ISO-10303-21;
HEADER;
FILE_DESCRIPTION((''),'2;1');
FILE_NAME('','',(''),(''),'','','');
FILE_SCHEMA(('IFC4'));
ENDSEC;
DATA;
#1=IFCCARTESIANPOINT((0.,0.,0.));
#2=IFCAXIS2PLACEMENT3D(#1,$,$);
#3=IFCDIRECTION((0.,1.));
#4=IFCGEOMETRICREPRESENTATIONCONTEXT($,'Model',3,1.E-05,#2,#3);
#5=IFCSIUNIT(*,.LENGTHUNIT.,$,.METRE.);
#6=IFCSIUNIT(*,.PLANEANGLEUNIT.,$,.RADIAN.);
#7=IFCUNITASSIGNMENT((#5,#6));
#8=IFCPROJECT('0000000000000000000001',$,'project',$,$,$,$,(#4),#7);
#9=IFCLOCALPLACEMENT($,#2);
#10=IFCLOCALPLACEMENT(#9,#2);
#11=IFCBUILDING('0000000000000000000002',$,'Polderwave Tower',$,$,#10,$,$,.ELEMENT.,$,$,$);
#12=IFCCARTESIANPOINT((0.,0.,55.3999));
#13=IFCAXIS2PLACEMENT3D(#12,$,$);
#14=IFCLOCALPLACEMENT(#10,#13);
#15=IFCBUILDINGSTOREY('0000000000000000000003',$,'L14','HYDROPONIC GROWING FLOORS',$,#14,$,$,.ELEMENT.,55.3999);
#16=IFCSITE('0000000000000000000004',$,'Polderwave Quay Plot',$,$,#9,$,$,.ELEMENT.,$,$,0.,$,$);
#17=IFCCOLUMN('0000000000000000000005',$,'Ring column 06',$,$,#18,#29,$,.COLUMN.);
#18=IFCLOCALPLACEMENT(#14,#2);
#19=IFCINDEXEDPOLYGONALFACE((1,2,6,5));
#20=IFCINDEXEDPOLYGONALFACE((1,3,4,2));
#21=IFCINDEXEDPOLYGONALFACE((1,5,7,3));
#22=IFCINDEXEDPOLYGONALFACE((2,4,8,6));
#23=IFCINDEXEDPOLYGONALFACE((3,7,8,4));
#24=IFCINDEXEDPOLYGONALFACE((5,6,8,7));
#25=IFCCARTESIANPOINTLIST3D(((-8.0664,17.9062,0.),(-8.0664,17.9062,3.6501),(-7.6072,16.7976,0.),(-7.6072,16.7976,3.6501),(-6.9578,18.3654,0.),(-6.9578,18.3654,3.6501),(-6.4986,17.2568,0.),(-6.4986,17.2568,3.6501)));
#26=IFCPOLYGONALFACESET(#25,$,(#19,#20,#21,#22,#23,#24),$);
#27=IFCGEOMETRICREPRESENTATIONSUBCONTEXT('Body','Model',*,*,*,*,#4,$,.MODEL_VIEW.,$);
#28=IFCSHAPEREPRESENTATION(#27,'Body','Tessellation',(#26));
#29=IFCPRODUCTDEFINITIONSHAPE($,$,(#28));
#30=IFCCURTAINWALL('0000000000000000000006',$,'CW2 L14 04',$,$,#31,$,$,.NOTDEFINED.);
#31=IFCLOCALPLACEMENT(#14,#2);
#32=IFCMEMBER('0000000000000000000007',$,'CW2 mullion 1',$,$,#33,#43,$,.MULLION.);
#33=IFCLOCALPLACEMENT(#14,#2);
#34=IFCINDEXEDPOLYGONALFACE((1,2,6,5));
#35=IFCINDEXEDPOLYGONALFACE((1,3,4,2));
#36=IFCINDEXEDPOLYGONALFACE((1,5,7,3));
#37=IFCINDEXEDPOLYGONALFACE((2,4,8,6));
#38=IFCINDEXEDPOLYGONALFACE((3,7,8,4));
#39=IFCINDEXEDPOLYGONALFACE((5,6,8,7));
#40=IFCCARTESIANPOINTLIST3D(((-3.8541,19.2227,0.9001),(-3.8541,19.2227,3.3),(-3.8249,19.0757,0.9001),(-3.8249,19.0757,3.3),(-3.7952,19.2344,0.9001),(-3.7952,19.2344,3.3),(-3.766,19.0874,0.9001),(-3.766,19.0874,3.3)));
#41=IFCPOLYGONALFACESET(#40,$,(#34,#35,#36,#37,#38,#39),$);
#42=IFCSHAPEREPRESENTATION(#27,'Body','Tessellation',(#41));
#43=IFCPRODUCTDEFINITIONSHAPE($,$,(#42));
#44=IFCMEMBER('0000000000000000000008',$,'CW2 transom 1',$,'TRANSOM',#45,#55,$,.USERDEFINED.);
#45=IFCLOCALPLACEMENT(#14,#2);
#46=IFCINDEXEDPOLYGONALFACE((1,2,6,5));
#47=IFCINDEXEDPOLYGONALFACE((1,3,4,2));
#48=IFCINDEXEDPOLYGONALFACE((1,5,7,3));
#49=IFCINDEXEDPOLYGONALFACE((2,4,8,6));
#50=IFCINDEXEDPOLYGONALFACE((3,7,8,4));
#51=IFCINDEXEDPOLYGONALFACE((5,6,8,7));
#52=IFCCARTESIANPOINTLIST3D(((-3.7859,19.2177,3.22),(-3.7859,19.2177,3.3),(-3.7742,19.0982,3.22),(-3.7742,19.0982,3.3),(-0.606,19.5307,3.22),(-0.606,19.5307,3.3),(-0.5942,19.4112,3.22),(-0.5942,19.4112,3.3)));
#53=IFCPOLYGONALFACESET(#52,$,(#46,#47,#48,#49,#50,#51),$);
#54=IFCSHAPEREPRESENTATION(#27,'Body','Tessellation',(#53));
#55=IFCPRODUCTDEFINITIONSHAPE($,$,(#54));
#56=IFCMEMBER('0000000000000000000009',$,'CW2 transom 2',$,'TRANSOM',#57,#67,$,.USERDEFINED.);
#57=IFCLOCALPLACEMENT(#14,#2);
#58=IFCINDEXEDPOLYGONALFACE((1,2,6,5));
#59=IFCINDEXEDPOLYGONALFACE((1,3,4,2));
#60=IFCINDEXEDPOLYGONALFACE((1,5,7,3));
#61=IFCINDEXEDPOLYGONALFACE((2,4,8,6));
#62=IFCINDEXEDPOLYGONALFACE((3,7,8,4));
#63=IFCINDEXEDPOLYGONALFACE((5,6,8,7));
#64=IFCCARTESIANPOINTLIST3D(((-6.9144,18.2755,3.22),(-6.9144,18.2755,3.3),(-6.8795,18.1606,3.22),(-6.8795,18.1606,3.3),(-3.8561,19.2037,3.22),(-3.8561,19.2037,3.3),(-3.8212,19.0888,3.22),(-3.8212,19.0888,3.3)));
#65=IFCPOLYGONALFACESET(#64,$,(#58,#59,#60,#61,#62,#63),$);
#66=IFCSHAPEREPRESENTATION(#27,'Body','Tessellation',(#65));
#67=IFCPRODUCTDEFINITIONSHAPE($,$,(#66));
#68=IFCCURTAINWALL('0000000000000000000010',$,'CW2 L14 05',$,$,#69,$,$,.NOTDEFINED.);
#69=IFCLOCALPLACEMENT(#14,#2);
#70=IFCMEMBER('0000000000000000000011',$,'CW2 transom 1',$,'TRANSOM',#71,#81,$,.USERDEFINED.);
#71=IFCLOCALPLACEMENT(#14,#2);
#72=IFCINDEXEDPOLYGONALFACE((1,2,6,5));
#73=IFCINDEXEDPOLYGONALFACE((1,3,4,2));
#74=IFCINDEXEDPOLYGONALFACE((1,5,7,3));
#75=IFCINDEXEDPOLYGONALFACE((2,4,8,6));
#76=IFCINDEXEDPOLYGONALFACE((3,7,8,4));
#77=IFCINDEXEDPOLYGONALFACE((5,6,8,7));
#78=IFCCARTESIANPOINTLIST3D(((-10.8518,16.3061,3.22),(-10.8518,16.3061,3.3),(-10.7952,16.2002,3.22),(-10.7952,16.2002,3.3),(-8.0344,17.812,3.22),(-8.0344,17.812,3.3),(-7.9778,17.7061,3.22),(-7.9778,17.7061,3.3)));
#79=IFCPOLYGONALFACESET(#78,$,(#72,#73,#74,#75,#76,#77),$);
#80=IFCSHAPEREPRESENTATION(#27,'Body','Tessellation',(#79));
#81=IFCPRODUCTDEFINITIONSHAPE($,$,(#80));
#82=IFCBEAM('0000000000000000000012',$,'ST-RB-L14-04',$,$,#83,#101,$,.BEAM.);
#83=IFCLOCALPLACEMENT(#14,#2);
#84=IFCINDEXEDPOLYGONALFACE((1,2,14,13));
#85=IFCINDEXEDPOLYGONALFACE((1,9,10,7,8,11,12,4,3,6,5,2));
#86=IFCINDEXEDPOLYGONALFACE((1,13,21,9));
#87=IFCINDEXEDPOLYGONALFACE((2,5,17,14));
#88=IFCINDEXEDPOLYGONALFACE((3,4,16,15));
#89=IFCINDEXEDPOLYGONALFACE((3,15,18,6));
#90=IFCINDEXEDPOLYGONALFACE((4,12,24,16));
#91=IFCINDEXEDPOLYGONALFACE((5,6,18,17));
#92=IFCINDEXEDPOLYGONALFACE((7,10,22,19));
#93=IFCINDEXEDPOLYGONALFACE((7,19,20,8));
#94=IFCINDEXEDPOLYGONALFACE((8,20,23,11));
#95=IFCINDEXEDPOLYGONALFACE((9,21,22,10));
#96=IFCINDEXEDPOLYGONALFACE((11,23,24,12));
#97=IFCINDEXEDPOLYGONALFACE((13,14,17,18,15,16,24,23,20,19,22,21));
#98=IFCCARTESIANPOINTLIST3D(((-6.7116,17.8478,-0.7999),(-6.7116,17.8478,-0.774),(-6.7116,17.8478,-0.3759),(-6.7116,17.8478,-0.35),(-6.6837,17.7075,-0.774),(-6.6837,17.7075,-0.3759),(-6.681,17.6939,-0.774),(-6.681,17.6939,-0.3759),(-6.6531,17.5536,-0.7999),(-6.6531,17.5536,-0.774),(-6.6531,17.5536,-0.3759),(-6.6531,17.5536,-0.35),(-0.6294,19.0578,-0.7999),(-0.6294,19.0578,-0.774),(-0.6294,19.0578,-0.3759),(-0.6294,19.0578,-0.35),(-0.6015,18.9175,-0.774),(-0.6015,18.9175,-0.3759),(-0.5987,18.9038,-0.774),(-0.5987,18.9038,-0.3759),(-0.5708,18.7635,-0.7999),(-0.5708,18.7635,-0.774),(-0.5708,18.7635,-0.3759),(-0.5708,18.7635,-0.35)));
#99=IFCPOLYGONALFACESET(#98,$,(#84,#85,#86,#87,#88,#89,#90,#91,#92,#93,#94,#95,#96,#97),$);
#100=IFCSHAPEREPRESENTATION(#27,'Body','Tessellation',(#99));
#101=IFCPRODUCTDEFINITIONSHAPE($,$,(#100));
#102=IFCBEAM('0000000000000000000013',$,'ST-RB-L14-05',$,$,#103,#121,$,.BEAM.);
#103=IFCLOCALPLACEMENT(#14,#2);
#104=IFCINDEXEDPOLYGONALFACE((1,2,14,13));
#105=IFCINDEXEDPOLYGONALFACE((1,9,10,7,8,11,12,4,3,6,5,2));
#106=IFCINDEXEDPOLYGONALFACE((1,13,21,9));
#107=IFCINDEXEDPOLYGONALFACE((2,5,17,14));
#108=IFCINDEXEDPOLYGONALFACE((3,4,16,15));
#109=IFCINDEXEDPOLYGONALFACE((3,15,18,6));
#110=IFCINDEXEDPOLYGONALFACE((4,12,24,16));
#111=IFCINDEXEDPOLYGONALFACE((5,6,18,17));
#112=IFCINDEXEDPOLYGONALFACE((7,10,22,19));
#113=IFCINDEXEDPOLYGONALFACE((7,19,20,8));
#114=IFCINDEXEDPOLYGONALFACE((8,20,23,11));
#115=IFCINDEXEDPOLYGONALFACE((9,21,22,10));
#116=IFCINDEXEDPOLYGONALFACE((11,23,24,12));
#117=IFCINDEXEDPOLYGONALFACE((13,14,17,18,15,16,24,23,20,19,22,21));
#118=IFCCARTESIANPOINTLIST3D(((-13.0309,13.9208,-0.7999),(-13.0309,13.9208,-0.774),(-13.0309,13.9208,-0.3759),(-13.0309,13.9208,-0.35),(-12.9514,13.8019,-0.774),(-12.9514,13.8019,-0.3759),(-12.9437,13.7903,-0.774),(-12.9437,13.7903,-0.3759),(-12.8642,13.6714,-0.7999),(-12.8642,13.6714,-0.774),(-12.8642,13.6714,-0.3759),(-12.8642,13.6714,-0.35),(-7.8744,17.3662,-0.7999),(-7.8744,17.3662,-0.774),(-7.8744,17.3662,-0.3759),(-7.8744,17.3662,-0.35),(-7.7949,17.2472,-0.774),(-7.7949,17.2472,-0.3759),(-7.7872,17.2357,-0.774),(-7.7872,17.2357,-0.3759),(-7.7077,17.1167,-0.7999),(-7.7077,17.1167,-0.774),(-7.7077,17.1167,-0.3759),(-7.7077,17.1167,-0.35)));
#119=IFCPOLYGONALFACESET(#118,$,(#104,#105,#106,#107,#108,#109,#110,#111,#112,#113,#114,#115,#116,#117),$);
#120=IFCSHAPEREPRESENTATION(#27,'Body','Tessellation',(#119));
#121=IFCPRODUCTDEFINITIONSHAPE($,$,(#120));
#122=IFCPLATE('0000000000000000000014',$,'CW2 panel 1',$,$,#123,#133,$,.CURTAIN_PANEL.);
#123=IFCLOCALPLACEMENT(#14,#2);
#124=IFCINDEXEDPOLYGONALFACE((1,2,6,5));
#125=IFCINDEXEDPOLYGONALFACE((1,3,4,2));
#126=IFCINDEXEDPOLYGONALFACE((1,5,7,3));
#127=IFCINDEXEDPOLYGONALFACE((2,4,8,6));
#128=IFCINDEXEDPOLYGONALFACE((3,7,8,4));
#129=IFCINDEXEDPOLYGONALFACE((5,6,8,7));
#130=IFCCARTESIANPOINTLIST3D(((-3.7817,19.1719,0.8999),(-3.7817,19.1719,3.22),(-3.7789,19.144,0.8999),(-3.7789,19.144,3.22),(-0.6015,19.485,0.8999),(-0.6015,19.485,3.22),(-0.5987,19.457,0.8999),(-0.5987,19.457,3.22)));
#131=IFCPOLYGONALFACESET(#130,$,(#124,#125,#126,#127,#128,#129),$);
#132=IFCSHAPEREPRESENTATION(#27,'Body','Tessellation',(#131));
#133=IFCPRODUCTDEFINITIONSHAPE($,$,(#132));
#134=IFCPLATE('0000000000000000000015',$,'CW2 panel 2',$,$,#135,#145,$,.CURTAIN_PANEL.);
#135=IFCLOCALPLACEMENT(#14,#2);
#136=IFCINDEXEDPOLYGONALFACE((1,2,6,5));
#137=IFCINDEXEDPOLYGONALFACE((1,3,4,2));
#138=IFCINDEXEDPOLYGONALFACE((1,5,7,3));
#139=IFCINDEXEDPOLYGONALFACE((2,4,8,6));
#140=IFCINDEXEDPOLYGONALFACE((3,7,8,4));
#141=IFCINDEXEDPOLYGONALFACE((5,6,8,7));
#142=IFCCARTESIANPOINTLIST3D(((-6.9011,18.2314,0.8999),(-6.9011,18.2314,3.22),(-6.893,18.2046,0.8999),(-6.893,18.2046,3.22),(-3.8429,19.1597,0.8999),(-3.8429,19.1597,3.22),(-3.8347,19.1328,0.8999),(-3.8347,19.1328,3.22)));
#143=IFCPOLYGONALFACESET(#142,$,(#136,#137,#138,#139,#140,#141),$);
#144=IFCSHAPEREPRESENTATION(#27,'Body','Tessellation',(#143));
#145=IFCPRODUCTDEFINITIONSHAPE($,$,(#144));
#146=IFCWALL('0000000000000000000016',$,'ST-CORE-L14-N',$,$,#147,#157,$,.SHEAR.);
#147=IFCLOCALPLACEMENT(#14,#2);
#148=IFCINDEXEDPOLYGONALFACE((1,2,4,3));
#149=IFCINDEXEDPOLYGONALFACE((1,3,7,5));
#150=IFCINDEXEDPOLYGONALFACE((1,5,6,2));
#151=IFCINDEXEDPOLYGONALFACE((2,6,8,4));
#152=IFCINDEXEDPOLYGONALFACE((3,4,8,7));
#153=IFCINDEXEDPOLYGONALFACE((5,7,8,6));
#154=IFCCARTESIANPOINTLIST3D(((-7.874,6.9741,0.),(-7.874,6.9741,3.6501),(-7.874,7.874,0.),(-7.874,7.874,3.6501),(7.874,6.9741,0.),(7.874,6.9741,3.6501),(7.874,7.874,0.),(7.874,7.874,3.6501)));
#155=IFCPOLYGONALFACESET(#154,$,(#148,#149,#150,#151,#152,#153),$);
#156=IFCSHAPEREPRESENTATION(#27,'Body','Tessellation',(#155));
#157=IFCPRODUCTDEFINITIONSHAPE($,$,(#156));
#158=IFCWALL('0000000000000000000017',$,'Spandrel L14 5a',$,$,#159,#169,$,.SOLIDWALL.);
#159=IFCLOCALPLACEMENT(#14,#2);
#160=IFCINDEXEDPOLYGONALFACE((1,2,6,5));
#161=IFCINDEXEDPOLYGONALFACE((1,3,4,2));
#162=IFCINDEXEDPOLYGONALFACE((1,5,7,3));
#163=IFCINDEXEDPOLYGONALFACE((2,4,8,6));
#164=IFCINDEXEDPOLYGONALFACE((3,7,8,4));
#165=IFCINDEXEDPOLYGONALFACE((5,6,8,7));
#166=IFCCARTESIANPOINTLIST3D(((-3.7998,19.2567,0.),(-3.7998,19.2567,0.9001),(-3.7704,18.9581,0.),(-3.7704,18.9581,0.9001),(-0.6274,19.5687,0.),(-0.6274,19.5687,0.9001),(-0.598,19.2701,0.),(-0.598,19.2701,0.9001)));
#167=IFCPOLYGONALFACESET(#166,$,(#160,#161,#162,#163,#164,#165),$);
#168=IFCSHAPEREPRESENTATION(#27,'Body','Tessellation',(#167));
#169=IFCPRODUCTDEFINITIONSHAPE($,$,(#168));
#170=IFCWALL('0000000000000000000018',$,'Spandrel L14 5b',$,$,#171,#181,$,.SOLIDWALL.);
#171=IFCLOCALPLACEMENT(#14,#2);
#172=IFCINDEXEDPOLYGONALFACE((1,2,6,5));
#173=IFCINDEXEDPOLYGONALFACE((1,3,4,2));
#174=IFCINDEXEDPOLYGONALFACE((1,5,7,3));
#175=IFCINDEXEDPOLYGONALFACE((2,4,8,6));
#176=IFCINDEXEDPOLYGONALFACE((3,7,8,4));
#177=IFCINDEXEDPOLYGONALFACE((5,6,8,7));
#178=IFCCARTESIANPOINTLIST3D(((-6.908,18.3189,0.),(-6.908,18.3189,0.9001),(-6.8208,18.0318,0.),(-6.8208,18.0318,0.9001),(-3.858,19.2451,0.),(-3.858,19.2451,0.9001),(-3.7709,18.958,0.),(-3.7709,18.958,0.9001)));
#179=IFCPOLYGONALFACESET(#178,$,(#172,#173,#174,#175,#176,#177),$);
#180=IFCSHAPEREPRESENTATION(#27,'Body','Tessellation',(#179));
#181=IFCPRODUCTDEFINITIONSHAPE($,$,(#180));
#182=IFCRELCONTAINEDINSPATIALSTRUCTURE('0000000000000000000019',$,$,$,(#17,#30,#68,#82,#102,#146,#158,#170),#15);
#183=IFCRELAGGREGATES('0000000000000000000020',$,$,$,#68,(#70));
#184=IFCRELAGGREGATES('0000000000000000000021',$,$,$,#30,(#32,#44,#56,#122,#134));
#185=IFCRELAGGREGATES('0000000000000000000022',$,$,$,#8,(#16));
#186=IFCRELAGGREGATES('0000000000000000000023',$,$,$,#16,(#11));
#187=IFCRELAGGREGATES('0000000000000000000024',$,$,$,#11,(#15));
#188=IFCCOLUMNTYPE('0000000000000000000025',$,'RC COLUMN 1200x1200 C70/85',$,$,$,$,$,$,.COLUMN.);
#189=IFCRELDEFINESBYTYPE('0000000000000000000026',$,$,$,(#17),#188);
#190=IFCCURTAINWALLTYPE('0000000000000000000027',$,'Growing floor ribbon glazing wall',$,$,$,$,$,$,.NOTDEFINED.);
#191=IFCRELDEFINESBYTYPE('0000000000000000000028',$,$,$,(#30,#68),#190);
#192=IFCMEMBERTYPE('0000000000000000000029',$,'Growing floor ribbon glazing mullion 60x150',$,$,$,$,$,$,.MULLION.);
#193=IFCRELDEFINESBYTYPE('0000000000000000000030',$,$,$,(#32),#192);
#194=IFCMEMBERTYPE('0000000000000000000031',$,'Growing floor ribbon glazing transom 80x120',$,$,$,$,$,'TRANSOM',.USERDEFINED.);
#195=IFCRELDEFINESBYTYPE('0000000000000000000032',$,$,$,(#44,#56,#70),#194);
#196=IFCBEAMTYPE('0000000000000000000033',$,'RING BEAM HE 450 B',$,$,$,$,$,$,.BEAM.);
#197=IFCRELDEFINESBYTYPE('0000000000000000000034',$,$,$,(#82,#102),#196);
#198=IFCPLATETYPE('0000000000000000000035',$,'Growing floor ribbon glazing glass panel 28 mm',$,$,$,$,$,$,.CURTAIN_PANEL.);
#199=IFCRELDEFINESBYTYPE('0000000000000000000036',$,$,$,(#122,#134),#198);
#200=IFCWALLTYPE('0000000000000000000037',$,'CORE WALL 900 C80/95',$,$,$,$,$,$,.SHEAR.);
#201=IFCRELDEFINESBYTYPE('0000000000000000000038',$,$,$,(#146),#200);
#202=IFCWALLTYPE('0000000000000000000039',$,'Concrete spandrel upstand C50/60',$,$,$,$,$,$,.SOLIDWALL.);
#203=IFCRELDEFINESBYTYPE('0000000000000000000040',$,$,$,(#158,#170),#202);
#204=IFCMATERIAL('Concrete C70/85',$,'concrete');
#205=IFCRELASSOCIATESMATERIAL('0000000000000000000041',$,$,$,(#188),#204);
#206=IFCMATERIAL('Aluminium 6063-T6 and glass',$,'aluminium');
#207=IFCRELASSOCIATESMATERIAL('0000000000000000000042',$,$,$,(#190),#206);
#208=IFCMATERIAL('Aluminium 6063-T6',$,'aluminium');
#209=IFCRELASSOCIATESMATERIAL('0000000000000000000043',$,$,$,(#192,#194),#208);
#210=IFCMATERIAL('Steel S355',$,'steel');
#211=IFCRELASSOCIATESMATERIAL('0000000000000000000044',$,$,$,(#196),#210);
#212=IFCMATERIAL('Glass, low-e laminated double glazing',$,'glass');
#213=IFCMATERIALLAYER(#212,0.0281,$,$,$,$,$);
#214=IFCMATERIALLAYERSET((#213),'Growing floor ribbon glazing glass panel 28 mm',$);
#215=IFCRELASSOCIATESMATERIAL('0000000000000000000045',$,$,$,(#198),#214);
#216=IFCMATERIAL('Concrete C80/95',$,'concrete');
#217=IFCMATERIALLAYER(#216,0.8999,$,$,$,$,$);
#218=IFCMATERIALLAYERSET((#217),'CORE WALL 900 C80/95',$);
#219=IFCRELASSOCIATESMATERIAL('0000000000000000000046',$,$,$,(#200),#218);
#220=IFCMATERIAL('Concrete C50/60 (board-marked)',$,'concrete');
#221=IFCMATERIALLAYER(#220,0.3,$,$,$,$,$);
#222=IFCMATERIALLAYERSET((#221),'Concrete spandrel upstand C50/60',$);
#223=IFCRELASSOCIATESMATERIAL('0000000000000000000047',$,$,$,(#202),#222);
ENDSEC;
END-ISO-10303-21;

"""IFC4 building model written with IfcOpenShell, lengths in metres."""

from ifc_helpers import new_model, si_unit, direction, frame, frame_2d, origin, origin_2d, place, context, subcontext, project, spatial, rectangle, i_section, extrude, material, layer, layer_set, material_profile, profile_set, type_object, element, aggregate, save


model = new_model("IFC4")

# Units and contexts
model_context = context("Model", 3, precision=1e-05, world=origin(), true_north=direction((0.0, 1.0)))
body_context = subcontext(model_context, "Body", "Model", "MODEL_VIEW")
ifc_project = project(units=[si_unit("LENGTHUNIT", "METRE"), si_unit("PLANEANGLEUNIT", "RADIAN")], contexts=[model_context])

# Site, building, storey
site_placement = place(None, origin())
site = spatial("IfcSite", under=ifc_project, at=site_placement, Name="Polderwave Quay Plot", CompositionType="ELEMENT", RefElevation=0.0)
building_placement = place(site_placement, origin())
building = spatial("IfcBuilding", under=site, at=building_placement, Name="Polderwave Tower", CompositionType="ELEMENT")
storey_placement = place(building_placement, frame((0.0, 0.0, 55.3999)))
storey = spatial("IfcBuildingStorey", under=building, at=storey_placement, Name="L14", Description="HYDROPONIC GROWING FLOORS", CompositionType="ELEMENT", Elevation=55.3999)

# Column
ifc_material_1 = material(Name="Concrete C70/85", Category="concrete")
ifc_material_profile_1 = material_profile(ifc_material_1, rectangle(XDim=1.2, YDim=1.2, at=origin_2d()), Name="RC 1200x1200")
ifc_profile_set_1 = profile_set([ifc_material_profile_1], Name="Concrete C70/85")
column_type = type_object("IfcColumnType", Name="RC COLUMN 1200x1200 C70/85", PredefinedType="COLUMN", material=ifc_profile_set_1)
column_placement = place(storey_placement, frame((-7.2825, 17.5815, 0.0), z_axis=(0.0, 0.0, 1.0), x_axis=(-0.382683, 0.92388, 0.0)))
element("IfcColumn", 1, at=column_placement, inside=storey, type_object=column_type, Name="Ring column 06", PredefinedType="COLUMN", context=body_context, shape_type="SweptSolid", body=[
    extrude(rectangle(XDim=1.2, YDim=1.2, at=origin_2d()), origin(), (0.0, 0.0, 1.0), 3.6501),
])

# Curtain wall, members
ifc_material_2 = material(Name="Aluminium 6063-T6 and glass", Category="aluminium")
curtain_wall_type = type_object("IfcCurtainWallType", Name="Growing floor ribbon glazing wall", PredefinedType="NOTDEFINED", material=ifc_material_2)
curtain_wall_1_placement = place(storey_placement, origin())
curtain_wall_1 = element("IfcCurtainWall", 2, at=curtain_wall_1_placement, inside=storey, type_object=curtain_wall_type, Name="CW2 L14 04", PredefinedType="NOTDEFINED")
ifc_material_3 = material(Name="Aluminium 6063-T6", Category="aluminium")
ifc_material_profile_2 = material_profile(ifc_material_3, rectangle(XDim=0.1499, YDim=0.0601, at=origin_2d()), Name="AL 60x150")
ifc_profile_set_2 = profile_set([ifc_material_profile_2], Name="Aluminium 6063-T6")
member_type_1 = type_object("IfcMemberType", Name="Growing floor ribbon glazing mullion 60x150", PredefinedType="MULLION", material=ifc_profile_set_2)
member_1_placement = place(storey_placement, frame((-3.8101, 19.155, 0.9001), z_axis=(0.0, 0.0, 1.0), x_axis=(0.195149, -0.980774, 0.0)))
member_1 = element("IfcMember", 3, at=member_1_placement, type_object=member_type_1, Name="CW2 mullion 1", PredefinedType="MULLION", context=body_context, shape_type="SweptSolid", body=[
    extrude(rectangle(XDim=0.1499, YDim=0.0601, at=origin_2d()), origin(), (0.0, 0.0, 1.0), 2.3999),
])
ifc_material_profile_3 = material_profile(ifc_material_3, rectangle(XDim=0.1201, YDim=0.0801, at=origin_2d()), Name="AL 80x120")
ifc_profile_set_3 = profile_set([ifc_material_profile_3], Name="Aluminium 6063-T6")
member_type_2 = type_object("IfcMemberType", Name="Growing floor ribbon glazing transom 80x120", ElementType="TRANSOM", PredefinedType="USERDEFINED", material=ifc_profile_set_3)
member_2_placement = place(storey_placement, frame((-0.6001, 19.4709, 3.26), z_axis=(-0.995191, -0.097953, 0.0), x_axis=(0.097953, -0.995191, 0.0)))
member_2 = element("IfcMember", 4, at=member_2_placement, type_object=member_type_2, Name="CW2 transom 1", ObjectType="TRANSOM", PredefinedType="USERDEFINED", context=body_context, shape_type="SweptSolid", body=[
    extrude(rectangle(XDim=0.1201, YDim=0.0801, at=origin_2d()), origin(), (0.0, 0.0, 1.0), 3.1953),
])
member_3_placement = place(storey_placement, frame((-3.8386, 19.1462, 3.26), z_axis=(-0.956898, -0.290423, 0.0), x_axis=(0.290423, -0.956898, 0.0)))
member_3 = element("IfcMember", 5, at=member_3_placement, type_object=member_type_2, Name="CW2 transom 2", ObjectType="TRANSOM", PredefinedType="USERDEFINED", context=body_context, shape_type="SweptSolid", body=[
    extrude(rectangle(XDim=0.1201, YDim=0.0801, at=origin_2d()), origin(), (0.0, 0.0, 1.0), 3.196),
])

# Curtain wall, member
curtain_wall_2_placement = place(storey_placement, origin())
curtain_wall_2 = element("IfcCurtainWall", 6, at=curtain_wall_2_placement, inside=storey, type_object=curtain_wall_type, Name="CW2 L14 05", PredefinedType="NOTDEFINED")
member_4_placement = place(storey_placement, frame((-8.0061, 17.759, 3.26), z_axis=(-0.881929, -0.471381, 0.0), x_axis=(0.471381, -0.881929, 0.0)))
member_4 = element("IfcMember", 7, at=member_4_placement, type_object=member_type_2, Name="CW2 transom 1", ObjectType="TRANSOM", PredefinedType="USERDEFINED", context=body_context, shape_type="SweptSolid", body=[
    extrude(rectangle(XDim=0.1201, YDim=0.0801, at=origin_2d()), origin(), (0.0, 0.0, 1.0), 3.1946),
])
aggregate(curtain_wall_2, [member_4])

# Beams
ifc_material_4 = material(Name="Steel S355", Category="steel")
ifc_material_profile_4 = material_profile(ifc_material_4, i_section(OverallWidth=0.3, OverallDepth=0.45, WebThickness=0.0139, FlangeThickness=0.0259, at=origin_2d()), Name="HE 450 B")
ifc_profile_set_4 = profile_set([ifc_material_profile_4], Name="Steel S355")
beam_type = type_object("IfcBeamType", Name="RING BEAM HE 450 B", PredefinedType="BEAM", material=ifc_profile_set_4)
beam_1_placement = place(storey_placement, frame((-0.6001, 18.9106, -0.575), z_axis=(-0.980782, -0.195109, 0.0), x_axis=(0.195109, -0.980782, 0.0)))
element("IfcBeam", 8, at=beam_1_placement, inside=storey, type_object=beam_type, Name="ST-RB-L14-04", PredefinedType="BEAM", context=body_context, shape_type="SweptSolid", body=[
    extrude(i_section(OverallWidth=0.3, OverallDepth=0.45, WebThickness=0.0139, FlangeThickness=0.0259, at=origin_2d()), origin(), (0.0, 0.0, 1.0), 6.2014),
])
beam_2_placement = place(storey_placement, frame((-7.791, 17.2415, -0.575), z_axis=(-0.831481, -0.555554, 0.0), x_axis=(0.555554, -0.831481, 0.0)))
element("IfcBeam", 9, at=beam_2_placement, inside=storey, type_object=beam_type, Name="ST-RB-L14-05", PredefinedType="BEAM", context=body_context, shape_type="SweptSolid", body=[
    extrude(i_section(OverallWidth=0.3, OverallDepth=0.45, WebThickness=0.0139, FlangeThickness=0.0259, at=origin_2d()), origin(), (0.0, 0.0, 1.0), 6.2017),
])

# Plates
ifc_material_5 = material(Name="Glass, low-e laminated double glazing", Category="glass")
ifc_layer_1 = layer(ifc_material_5, 0.0281)
ifc_layer_set_1 = layer_set([ifc_layer_1], Name="Growing floor ribbon glazing glass panel 28 mm")
plate_type = type_object("IfcPlateType", Name="Growing floor ribbon glazing glass panel 28 mm", PredefinedType="CURTAIN_PANEL", material=ifc_layer_set_1)
plate_1_placement = place(storey_placement, frame((-2.1902, 19.3145, 0.8999), z_axis=(0.0, 0.0, 1.0), x_axis=(-0.99519, -0.097969, 0.0)))
plate_1 = element("IfcPlate", 10, at=plate_1_placement, type_object=plate_type, Name="CW2 panel 1", PredefinedType="CURTAIN_PANEL", context=body_context, shape_type="SweptSolid", body=[
    extrude(rectangle(XDim=3.1956, YDim=0.0281, at=origin_2d()), origin(), (0.0, 0.0, 1.0), 2.3201),
])
plate_2_placement = place(storey_placement, frame((-5.3679, 18.6821, 0.8999), z_axis=(0.0, 0.0, 1.0), x_axis=(-0.956891, -0.290447, 0.0)))
plate_2 = element("IfcPlate", 11, at=plate_2_placement, type_object=plate_type, Name="CW2 panel 2", PredefinedType="CURTAIN_PANEL", context=body_context, shape_type="SweptSolid", body=[
    extrude(rectangle(XDim=3.196, YDim=0.0281, at=origin_2d()), origin(), (0.0, 0.0, 1.0), 2.3201),
])
aggregate(curtain_wall_1, [member_1, member_2, member_3, plate_1, plate_2])

# Walls
ifc_material_6 = material(Name="Concrete C80/95", Category="concrete")
ifc_layer_2 = layer(ifc_material_6, 0.8999)
ifc_layer_set_2 = layer_set([ifc_layer_2], Name="CORE WALL 900 C80/95")
wall_type_1 = type_object("IfcWallType", Name="CORE WALL 900 C80/95", PredefinedType="SHEAR", material=ifc_layer_set_2)
wall_1_placement = place(storey_placement, frame((-7.874, 7.4241, 0.0), z_axis=(0.0, 0.0, 1.0), x_axis=(1.0, 0.0, 0.0)))
element("IfcWall", 12, at=wall_1_placement, inside=storey, type_object=wall_type_1, Name="ST-CORE-L14-N", PredefinedType="SHEAR", context=body_context, shape_type="SweptSolid", body=[
    extrude(rectangle(XDim=15.748, YDim=0.8999, at=frame_2d((7.874, 0.0))), origin(), (0.0, 0.0, 1.0), 3.6501),
])
ifc_material_7 = material(Name="Concrete C50/60 (board-marked)", Category="concrete")
ifc_layer_3 = layer(ifc_material_7, 0.3)
ifc_layer_set_3 = layer_set([ifc_layer_3], Name="Concrete spandrel upstand C50/60")
wall_type_2 = type_object("IfcWallType", Name="Concrete spandrel upstand C50/60", PredefinedType="SOLIDWALL", material=ifc_layer_set_3)
wall_2_placement = place(storey_placement, frame((-0.6128, 19.4194, 0.0), z_axis=(0.0, 0.0, 1.0), x_axis=(-0.995198, -0.097881, 0.0)))
element("IfcWall", 13, at=wall_2_placement, inside=storey, type_object=wall_type_2, Name="Spandrel L14 5a", PredefinedType="SOLIDWALL", context=body_context, shape_type="SweptSolid", body=[
    extrude(rectangle(XDim=3.1877, YDim=0.3, at=frame_2d((1.5938, 0.0))), origin(), (0.0, 0.0, 1.0), 0.9001),
])
wall_3_placement = place(storey_placement, frame((-3.8145, 19.1016, 0.0), z_axis=(0.0, 0.0, 1.0), x_axis=(-0.956849, -0.290586, 0.0)))
element("IfcWall", 14, at=wall_3_placement, inside=storey, type_object=wall_type_2, Name="Spandrel L14 5b", PredefinedType="SOLIDWALL", context=body_context, shape_type="SweptSolid", body=[
    extrude(rectangle(XDim=3.1875, YDim=0.3, at=frame_2d((1.5938, 0.0))), origin(), (0.0, 0.0, 1.0), 0.9001),
])

save(model, "model.ifc")
